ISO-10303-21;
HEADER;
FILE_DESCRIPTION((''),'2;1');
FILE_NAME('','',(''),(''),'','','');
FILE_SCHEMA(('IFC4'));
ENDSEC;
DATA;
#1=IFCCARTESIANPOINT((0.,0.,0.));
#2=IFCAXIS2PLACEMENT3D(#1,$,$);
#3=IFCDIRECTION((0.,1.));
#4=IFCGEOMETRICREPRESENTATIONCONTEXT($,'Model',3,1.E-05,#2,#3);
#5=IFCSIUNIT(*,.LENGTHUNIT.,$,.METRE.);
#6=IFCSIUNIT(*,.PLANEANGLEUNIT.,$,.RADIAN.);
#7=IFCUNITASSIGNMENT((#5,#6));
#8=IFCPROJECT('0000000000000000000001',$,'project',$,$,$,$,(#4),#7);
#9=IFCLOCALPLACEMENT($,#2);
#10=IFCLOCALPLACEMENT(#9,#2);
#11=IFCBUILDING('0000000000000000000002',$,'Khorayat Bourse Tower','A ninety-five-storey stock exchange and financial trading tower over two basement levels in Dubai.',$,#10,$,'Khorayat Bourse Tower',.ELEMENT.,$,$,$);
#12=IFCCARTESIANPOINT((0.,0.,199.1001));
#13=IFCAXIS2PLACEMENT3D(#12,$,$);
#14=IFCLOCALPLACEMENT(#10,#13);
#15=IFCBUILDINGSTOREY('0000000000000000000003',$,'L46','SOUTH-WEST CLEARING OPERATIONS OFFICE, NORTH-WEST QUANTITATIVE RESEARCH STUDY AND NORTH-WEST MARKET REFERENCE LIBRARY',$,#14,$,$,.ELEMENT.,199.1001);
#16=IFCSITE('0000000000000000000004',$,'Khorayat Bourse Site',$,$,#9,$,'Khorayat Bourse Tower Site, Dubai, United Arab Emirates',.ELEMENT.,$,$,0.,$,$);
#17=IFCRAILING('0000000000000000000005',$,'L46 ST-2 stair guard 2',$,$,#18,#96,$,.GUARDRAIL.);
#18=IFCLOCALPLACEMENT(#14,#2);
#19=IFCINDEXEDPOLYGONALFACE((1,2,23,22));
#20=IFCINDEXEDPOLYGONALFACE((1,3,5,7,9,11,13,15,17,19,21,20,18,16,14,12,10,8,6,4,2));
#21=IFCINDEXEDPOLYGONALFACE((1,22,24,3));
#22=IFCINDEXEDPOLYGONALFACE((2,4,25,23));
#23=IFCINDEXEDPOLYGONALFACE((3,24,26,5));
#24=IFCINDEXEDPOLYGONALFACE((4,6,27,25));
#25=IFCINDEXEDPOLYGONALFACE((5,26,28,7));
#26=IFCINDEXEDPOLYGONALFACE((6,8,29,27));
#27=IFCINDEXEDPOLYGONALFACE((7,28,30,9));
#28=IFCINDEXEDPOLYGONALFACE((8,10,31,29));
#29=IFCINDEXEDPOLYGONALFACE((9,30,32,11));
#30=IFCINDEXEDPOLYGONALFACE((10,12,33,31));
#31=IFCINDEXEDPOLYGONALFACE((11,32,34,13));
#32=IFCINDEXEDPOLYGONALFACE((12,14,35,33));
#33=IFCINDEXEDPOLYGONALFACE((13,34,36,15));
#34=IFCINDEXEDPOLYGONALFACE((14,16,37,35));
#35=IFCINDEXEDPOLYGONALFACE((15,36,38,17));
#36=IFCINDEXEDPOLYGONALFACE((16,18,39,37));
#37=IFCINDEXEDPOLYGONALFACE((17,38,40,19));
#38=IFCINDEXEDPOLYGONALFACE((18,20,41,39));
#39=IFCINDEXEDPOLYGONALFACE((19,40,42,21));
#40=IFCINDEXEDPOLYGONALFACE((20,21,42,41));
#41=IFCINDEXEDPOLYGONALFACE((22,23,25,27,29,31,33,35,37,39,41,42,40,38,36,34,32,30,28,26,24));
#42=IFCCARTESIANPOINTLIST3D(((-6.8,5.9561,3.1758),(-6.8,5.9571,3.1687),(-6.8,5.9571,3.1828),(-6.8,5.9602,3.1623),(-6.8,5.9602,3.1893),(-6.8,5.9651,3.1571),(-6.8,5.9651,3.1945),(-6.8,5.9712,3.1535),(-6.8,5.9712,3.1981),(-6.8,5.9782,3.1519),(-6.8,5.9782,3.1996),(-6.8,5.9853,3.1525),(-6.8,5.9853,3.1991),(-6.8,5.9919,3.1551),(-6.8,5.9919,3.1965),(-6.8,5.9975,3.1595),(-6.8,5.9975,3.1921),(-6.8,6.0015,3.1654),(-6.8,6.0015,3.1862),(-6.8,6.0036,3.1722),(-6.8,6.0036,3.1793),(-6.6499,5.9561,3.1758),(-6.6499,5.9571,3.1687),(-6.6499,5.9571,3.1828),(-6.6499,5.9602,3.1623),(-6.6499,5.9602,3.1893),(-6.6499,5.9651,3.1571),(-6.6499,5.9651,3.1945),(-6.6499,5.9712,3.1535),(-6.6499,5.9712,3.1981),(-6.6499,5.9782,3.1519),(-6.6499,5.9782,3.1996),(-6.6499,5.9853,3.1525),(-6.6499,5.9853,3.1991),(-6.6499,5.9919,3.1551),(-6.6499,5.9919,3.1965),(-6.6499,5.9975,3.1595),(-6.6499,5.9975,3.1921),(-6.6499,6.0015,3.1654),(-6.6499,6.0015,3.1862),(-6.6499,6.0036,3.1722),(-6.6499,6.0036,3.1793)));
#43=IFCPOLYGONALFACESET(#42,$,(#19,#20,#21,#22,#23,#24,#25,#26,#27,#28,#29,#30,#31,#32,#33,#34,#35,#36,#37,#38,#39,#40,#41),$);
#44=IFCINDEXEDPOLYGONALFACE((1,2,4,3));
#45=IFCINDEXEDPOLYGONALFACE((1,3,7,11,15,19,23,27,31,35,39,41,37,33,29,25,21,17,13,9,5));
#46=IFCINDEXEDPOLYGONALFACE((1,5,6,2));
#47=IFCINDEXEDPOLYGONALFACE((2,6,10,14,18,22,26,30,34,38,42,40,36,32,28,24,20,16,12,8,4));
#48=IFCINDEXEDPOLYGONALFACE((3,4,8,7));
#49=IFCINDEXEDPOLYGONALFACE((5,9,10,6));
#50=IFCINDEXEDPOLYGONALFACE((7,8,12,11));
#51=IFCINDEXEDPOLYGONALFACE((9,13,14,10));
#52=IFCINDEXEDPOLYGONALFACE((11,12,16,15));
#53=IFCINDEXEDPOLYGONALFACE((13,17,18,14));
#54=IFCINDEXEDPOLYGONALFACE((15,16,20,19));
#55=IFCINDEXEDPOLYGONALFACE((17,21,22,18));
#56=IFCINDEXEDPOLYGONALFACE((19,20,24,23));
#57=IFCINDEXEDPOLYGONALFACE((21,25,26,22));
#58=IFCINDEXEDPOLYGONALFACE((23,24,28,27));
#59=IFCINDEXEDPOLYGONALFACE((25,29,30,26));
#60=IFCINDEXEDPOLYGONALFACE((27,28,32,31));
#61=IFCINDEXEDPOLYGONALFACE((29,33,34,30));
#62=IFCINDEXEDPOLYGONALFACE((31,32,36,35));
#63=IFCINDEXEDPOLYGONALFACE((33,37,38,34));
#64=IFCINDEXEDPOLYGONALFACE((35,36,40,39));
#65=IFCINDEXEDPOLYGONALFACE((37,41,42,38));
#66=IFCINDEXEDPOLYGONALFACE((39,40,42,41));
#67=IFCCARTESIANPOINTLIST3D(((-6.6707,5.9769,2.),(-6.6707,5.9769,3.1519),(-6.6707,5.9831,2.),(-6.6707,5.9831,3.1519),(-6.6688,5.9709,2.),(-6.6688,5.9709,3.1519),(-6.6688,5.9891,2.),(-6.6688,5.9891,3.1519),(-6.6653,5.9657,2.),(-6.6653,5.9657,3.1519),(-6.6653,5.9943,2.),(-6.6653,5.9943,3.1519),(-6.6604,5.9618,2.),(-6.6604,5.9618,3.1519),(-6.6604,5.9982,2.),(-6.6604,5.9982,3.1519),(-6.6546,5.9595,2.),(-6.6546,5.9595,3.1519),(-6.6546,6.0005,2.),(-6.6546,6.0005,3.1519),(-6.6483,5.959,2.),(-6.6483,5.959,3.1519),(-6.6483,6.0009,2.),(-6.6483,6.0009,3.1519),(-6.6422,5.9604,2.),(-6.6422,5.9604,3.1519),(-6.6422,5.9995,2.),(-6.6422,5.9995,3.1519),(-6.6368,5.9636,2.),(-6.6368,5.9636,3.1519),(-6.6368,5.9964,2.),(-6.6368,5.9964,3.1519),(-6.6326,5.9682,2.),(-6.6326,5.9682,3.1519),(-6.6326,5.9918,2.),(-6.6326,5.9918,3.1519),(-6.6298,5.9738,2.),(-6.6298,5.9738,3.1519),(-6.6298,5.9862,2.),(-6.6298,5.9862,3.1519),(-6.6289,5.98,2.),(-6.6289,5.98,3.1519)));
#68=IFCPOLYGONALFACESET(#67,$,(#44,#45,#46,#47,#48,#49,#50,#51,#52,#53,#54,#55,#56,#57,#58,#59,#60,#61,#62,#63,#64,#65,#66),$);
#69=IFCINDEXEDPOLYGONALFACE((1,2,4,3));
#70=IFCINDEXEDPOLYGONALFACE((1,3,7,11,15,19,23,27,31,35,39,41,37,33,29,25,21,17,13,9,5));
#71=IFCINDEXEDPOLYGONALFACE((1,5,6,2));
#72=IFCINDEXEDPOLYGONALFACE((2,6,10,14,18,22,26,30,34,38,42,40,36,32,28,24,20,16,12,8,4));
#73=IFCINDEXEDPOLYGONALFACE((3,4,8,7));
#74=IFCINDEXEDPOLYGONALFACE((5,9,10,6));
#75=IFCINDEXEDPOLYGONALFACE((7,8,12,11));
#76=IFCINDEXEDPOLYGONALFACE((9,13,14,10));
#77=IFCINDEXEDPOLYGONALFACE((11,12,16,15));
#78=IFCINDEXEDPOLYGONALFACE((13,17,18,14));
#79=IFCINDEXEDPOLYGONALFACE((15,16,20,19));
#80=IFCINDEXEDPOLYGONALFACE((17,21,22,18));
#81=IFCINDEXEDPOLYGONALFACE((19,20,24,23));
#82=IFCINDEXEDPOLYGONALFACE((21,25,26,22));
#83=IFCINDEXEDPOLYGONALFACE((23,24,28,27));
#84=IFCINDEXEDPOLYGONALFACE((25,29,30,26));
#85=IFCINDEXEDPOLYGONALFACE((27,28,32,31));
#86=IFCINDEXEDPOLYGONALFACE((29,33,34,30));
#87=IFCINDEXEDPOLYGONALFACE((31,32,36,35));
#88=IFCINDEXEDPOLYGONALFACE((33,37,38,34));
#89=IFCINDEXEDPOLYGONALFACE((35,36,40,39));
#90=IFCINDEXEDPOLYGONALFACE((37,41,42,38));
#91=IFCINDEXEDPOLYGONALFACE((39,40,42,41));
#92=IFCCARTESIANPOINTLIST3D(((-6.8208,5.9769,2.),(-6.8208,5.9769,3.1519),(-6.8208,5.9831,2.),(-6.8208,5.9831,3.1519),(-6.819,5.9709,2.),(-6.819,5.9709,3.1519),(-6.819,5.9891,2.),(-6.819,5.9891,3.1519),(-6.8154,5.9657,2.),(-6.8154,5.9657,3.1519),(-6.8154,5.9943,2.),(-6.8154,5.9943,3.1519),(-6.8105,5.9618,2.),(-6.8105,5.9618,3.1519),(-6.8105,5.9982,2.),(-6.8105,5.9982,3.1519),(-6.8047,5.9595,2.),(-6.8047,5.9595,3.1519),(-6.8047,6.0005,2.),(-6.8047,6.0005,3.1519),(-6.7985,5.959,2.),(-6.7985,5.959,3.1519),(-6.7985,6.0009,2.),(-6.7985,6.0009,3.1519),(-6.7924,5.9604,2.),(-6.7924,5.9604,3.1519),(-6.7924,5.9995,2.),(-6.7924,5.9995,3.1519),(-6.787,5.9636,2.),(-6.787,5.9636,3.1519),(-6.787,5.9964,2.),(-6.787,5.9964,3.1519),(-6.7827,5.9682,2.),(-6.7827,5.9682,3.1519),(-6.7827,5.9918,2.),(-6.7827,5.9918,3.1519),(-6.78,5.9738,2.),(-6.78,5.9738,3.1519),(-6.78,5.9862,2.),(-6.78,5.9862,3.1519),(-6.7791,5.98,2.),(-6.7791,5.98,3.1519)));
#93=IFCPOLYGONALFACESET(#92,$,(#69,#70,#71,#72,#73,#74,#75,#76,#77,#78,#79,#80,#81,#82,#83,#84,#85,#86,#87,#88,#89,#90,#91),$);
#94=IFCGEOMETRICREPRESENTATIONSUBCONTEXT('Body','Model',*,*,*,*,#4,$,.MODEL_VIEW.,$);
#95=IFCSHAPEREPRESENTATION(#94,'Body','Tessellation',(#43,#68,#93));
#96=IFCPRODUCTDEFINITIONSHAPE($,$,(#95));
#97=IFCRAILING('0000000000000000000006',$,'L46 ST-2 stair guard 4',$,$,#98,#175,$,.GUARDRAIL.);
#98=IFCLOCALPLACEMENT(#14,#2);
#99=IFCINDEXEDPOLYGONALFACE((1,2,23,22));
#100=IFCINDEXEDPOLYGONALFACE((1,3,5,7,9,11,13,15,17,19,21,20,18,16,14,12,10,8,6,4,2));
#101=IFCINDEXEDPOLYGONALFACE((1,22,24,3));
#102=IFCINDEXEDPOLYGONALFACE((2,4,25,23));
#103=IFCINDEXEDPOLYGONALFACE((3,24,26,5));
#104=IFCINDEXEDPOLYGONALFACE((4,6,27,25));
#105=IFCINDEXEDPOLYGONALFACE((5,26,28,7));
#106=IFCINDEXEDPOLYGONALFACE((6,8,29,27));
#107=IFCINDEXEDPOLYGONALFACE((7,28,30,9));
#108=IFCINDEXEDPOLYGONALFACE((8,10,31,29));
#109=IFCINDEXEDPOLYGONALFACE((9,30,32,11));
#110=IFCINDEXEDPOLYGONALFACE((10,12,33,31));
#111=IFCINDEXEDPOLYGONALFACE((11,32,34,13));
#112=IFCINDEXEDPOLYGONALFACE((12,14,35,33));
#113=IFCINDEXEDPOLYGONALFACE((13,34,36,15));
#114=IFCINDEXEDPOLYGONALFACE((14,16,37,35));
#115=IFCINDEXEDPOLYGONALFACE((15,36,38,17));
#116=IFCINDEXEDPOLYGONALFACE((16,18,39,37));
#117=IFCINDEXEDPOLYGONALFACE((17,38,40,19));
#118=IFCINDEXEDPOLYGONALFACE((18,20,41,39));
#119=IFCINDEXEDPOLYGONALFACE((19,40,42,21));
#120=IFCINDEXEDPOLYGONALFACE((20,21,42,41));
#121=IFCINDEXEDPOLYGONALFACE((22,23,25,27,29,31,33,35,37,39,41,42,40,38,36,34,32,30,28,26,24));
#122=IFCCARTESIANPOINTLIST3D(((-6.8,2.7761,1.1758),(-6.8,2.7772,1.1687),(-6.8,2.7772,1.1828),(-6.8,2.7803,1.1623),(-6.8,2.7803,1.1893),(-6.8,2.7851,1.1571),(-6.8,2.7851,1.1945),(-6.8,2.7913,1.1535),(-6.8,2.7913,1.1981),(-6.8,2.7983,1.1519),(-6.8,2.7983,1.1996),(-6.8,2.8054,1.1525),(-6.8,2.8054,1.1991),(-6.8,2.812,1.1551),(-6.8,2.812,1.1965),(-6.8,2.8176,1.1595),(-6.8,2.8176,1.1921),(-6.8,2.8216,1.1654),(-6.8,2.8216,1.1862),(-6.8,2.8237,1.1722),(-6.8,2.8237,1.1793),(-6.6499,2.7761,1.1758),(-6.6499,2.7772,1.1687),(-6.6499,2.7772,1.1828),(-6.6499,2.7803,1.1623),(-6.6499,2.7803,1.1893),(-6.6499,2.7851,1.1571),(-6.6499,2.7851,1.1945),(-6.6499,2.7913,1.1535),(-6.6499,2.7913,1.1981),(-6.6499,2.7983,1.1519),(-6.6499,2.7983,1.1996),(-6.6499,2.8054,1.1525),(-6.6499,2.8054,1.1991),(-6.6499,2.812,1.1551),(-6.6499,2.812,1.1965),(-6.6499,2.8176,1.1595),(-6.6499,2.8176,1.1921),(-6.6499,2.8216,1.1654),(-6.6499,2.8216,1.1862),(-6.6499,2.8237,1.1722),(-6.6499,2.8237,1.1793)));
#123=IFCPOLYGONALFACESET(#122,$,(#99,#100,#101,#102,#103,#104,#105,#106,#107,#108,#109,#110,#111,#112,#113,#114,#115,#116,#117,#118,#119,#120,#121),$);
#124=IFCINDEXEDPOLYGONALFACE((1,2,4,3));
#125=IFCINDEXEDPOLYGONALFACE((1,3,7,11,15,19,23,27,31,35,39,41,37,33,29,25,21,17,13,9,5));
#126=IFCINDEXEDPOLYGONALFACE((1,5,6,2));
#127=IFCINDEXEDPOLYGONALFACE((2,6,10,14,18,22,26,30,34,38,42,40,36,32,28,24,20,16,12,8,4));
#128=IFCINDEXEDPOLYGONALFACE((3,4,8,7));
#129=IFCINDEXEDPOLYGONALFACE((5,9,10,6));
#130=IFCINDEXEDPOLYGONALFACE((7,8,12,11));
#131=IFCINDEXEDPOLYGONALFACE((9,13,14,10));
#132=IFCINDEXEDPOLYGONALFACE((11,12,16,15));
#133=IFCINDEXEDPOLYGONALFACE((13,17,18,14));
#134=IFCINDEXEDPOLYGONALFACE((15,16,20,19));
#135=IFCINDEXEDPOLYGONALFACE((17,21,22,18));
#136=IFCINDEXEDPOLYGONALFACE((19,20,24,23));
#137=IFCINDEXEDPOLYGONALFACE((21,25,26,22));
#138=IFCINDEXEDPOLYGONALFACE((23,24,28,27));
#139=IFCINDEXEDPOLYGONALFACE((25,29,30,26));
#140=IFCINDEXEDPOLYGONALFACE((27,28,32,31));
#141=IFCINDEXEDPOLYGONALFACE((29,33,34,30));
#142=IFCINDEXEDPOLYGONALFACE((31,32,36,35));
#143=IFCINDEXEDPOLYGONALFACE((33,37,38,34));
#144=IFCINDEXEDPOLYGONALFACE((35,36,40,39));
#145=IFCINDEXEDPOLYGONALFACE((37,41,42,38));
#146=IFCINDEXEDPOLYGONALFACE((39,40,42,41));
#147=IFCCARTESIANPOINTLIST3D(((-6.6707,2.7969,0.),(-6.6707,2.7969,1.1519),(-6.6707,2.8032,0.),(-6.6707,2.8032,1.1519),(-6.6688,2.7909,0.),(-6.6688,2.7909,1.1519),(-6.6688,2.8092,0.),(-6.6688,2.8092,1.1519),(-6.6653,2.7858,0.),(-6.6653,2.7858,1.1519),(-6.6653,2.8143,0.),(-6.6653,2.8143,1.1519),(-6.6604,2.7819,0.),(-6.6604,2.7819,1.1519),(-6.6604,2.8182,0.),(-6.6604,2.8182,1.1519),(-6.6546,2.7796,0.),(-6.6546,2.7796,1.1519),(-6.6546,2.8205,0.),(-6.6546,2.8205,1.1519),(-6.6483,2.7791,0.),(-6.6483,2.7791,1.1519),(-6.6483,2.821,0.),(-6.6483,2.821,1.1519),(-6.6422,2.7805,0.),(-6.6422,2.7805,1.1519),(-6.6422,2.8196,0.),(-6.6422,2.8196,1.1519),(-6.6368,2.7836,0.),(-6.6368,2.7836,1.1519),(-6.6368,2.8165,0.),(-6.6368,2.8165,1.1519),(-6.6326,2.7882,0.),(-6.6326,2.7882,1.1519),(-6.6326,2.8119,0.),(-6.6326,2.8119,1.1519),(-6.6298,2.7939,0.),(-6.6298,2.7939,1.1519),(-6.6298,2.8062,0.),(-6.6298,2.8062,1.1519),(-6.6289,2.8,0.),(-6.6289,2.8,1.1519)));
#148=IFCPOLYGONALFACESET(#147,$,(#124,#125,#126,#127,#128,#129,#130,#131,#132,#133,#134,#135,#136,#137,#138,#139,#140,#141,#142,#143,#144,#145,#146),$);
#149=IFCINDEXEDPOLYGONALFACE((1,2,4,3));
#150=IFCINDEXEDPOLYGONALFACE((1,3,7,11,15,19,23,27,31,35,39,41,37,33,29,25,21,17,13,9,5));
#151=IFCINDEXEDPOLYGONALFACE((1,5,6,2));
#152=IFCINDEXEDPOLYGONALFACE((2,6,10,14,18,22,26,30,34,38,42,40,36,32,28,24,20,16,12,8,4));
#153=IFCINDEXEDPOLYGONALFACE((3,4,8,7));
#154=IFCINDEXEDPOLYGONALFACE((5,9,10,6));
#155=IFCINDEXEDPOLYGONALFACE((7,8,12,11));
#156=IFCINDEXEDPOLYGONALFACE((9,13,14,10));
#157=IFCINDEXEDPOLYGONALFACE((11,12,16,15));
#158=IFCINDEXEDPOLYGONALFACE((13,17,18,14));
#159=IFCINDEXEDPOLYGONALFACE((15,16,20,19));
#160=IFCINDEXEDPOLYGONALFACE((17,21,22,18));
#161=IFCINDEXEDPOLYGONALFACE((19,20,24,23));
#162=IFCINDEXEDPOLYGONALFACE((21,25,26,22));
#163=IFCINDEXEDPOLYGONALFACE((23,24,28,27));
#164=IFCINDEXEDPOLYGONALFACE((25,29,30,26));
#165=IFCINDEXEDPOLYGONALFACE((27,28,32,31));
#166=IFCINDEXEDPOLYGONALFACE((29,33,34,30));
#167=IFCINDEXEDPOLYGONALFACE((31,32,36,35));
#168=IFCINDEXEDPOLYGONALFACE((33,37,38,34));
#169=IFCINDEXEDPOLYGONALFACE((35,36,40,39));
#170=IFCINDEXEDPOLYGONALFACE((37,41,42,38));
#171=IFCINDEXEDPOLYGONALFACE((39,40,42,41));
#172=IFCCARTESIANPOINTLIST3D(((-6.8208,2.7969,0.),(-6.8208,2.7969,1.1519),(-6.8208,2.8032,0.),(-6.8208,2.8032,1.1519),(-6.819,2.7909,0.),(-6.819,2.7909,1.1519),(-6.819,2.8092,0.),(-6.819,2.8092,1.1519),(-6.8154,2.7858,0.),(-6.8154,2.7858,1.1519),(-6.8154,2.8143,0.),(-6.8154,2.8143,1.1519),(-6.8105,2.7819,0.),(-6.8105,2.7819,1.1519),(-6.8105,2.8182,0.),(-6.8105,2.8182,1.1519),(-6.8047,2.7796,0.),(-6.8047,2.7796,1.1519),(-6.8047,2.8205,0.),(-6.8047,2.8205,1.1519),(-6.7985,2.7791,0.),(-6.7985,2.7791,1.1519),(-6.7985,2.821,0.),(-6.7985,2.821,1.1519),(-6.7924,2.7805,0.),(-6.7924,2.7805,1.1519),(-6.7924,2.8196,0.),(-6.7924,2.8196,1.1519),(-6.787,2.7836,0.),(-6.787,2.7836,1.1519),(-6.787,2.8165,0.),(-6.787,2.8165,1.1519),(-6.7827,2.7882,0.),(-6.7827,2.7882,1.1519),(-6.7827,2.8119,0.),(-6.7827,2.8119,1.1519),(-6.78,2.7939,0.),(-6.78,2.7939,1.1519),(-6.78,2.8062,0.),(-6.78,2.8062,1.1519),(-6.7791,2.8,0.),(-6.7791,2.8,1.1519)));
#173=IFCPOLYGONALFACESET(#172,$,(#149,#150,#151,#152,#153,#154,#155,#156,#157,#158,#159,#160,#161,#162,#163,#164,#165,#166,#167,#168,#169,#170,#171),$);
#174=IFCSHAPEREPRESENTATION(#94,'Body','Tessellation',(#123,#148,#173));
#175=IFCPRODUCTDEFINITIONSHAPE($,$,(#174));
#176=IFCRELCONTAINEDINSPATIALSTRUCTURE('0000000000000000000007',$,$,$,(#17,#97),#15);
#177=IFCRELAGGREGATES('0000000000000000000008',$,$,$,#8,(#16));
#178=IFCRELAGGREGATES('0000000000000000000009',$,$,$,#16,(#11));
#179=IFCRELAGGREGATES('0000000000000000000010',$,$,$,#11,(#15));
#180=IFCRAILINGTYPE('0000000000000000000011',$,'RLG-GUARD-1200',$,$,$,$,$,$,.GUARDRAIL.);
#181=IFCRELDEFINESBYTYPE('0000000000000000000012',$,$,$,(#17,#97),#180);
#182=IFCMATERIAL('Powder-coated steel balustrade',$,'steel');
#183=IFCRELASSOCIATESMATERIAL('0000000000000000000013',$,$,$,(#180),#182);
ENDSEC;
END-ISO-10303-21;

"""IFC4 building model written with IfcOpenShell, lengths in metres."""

from ifc_helpers import new_model, si_unit, direction, frame, origin, origin_2d, place, context, subcontext, project, spatial, circle, extrude, source, transform, mapped, material, type_object, element, save


model = new_model("IFC4")

# Units and contexts
model_context = context("Model", 3, precision=1e-05, world=origin(), true_north=direction((0.0, 1.0)))
body_context = subcontext(model_context, "Body", "Model", "MODEL_VIEW")
ifc_project = project(units=[si_unit("LENGTHUNIT", "METRE"), si_unit("PLANEANGLEUNIT", "RADIAN")], contexts=[model_context])

# Site, building, storey
site_placement = place(None, origin())
site = spatial("IfcSite", under=ifc_project, at=site_placement, Name="Khorayat Bourse Site", LongName="Khorayat Bourse Tower Site, Dubai, United Arab Emirates", CompositionType="ELEMENT", RefElevation=0.0)
building_placement = place(site_placement, origin())
building = spatial("IfcBuilding", under=site, at=building_placement, Name="Khorayat Bourse Tower", Description="A ninety-five-storey stock exchange and financial trading tower over two basement levels in Dubai.", LongName="Khorayat Bourse Tower", CompositionType="ELEMENT")
storey_placement = place(building_placement, frame((0.0, 0.0, 199.1001)))
storey = spatial("IfcBuildingStorey", under=building, at=storey_placement, Name="L46", Description="SOUTH-WEST CLEARING OPERATIONS OFFICE, NORTH-WEST QUANTITATIVE RESEARCH STUDY AND NORTH-WEST MARKET REFERENCE LIBRARY", CompositionType="ELEMENT", Elevation=199.1001)

# Railings
ifc_material_1 = material(Name="Powder-coated steel balustrade", Category="steel")
railing_type_1 = type_object("IfcRailingType", Name="RLG-GUARD-1200", PredefinedType="GUARDRAIL", material=ifc_material_1)
shared_shape_1 = source(origin(), body_context, "Body", "SweptSolid", [
    extrude(circle(Radius=0.0239, at=origin_2d()), frame((0.0, 0.0, 1.1758), z_axis=(-1.0, 0.0, 0.0), x_axis=(0.0, -1.0, 0.0)), (0.0, 0.0, 1.0), 0.1501),
    extrude(circle(Radius=0.021, at=origin_2d()), origin(), (0.0, 0.0, 1.0), 1.1519),
    extrude(circle(Radius=0.021, at=origin_2d()), frame((-0.1501, 0.0, 0.0)), (0.0, 0.0, 1.0), 1.1519),
])
for number, where, name in (
    (1, (-6.6499, 5.98, 2.0), "L46 ST-2 stair guard 2"),
    (2, (-6.6499, 2.8, 0.0), "L46 ST-2 stair guard 4"),
):
    element("IfcRailing", number, at=place(storey_placement, frame(where)), inside=storey, type_object=railing_type_1, Name=name, PredefinedType="GUARDRAIL", context=body_context, shape_type="MappedRepresentation", body=[
        mapped(shared_shape_1, transform((0.0, 0.0, 0.0), scale=1.0)),
    ])

save(model, "model.ifc")
